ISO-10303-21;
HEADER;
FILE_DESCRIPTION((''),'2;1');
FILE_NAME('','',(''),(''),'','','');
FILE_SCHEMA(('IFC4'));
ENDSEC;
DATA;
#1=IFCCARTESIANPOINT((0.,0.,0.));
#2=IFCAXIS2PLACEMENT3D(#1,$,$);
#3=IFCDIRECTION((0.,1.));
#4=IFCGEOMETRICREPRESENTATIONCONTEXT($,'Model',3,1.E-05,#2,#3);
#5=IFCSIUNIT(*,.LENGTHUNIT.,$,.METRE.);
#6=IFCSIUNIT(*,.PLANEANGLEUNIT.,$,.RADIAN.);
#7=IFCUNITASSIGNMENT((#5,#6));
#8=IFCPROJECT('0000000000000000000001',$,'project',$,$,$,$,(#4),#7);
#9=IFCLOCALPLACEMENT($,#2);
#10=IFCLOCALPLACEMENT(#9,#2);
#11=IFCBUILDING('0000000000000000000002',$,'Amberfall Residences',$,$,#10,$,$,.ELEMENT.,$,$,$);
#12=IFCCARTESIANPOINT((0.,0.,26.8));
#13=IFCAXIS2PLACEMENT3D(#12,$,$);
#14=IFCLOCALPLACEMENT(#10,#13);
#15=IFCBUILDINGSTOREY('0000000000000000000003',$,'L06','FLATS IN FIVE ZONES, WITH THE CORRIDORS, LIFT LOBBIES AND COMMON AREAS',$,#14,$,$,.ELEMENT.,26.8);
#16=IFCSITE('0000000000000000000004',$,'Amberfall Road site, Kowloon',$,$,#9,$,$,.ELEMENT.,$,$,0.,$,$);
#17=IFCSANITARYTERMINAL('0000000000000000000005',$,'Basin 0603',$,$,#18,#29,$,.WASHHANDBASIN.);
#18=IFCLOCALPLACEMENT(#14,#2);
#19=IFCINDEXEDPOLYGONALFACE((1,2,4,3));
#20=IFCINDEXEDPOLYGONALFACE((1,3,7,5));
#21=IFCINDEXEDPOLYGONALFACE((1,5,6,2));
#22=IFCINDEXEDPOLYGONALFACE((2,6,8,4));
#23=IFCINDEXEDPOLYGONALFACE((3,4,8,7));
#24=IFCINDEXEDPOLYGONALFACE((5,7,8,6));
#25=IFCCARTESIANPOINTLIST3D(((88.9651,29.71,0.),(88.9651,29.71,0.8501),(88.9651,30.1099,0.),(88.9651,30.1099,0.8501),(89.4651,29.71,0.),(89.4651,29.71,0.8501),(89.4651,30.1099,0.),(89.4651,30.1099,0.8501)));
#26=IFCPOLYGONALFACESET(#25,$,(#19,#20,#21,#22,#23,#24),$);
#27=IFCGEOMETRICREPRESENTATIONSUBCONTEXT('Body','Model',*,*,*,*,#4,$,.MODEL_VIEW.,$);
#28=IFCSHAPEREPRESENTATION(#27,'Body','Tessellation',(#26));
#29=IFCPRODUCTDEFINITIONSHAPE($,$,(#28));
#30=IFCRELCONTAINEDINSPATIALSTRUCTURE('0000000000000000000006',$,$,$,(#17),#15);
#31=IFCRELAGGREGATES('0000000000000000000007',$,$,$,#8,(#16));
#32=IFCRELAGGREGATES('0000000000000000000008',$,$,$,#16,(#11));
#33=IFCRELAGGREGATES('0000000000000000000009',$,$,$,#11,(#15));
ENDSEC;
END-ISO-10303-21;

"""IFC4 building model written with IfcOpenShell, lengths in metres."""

from ifc_helpers import new_model, si_unit, direction, frame, origin, origin_2d, place, context, subcontext, project, spatial, rectangle, extrude, element, save


model = new_model("IFC4")

# Units and contexts
model_context = context("Model", 3, precision=1e-05, world=origin(), true_north=direction((0.0, 1.0)))
body_context = subcontext(model_context, "Body", "Model", "MODEL_VIEW")
ifc_project = project(units=[si_unit("LENGTHUNIT", "METRE"), si_unit("PLANEANGLEUNIT", "RADIAN")], contexts=[model_context])

# Site, building, storey
site_placement = place(None, origin())
site = spatial("IfcSite", under=ifc_project, at=site_placement, Name="Amberfall Road site, Kowloon", CompositionType="ELEMENT", RefElevation=0.0)
building_placement = place(site_placement, origin())
building = spatial("IfcBuilding", under=site, at=building_placement, Name="Amberfall Residences", CompositionType="ELEMENT")
storey_placement = place(building_placement, frame((0.0, 0.0, 26.8)))
storey = spatial("IfcBuildingStorey", under=building, at=storey_placement, Name="L06", Description="FLATS IN FIVE ZONES, WITH THE CORRIDORS, LIFT LOBBIES AND COMMON AREAS", CompositionType="ELEMENT", Elevation=26.8)

# Sanitary terminal
sanitary_terminal_placement = place(storey_placement, frame((89.2151, 29.9099, 0.0), z_axis=(0.0, 0.0, 1.0), x_axis=(1.0, 0.0, 0.0)))
element("IfcSanitaryTerminal", 1, at=sanitary_terminal_placement, inside=storey, Name="Basin 0603", PredefinedType="WASHHANDBASIN", context=body_context, shape_type="SweptSolid", body=[
    extrude(rectangle(XDim=0.5, YDim=0.3999, at=origin_2d()), origin(), (0.0, 0.0, 1.0), 0.8501),
])

save(model, "model.ifc")
